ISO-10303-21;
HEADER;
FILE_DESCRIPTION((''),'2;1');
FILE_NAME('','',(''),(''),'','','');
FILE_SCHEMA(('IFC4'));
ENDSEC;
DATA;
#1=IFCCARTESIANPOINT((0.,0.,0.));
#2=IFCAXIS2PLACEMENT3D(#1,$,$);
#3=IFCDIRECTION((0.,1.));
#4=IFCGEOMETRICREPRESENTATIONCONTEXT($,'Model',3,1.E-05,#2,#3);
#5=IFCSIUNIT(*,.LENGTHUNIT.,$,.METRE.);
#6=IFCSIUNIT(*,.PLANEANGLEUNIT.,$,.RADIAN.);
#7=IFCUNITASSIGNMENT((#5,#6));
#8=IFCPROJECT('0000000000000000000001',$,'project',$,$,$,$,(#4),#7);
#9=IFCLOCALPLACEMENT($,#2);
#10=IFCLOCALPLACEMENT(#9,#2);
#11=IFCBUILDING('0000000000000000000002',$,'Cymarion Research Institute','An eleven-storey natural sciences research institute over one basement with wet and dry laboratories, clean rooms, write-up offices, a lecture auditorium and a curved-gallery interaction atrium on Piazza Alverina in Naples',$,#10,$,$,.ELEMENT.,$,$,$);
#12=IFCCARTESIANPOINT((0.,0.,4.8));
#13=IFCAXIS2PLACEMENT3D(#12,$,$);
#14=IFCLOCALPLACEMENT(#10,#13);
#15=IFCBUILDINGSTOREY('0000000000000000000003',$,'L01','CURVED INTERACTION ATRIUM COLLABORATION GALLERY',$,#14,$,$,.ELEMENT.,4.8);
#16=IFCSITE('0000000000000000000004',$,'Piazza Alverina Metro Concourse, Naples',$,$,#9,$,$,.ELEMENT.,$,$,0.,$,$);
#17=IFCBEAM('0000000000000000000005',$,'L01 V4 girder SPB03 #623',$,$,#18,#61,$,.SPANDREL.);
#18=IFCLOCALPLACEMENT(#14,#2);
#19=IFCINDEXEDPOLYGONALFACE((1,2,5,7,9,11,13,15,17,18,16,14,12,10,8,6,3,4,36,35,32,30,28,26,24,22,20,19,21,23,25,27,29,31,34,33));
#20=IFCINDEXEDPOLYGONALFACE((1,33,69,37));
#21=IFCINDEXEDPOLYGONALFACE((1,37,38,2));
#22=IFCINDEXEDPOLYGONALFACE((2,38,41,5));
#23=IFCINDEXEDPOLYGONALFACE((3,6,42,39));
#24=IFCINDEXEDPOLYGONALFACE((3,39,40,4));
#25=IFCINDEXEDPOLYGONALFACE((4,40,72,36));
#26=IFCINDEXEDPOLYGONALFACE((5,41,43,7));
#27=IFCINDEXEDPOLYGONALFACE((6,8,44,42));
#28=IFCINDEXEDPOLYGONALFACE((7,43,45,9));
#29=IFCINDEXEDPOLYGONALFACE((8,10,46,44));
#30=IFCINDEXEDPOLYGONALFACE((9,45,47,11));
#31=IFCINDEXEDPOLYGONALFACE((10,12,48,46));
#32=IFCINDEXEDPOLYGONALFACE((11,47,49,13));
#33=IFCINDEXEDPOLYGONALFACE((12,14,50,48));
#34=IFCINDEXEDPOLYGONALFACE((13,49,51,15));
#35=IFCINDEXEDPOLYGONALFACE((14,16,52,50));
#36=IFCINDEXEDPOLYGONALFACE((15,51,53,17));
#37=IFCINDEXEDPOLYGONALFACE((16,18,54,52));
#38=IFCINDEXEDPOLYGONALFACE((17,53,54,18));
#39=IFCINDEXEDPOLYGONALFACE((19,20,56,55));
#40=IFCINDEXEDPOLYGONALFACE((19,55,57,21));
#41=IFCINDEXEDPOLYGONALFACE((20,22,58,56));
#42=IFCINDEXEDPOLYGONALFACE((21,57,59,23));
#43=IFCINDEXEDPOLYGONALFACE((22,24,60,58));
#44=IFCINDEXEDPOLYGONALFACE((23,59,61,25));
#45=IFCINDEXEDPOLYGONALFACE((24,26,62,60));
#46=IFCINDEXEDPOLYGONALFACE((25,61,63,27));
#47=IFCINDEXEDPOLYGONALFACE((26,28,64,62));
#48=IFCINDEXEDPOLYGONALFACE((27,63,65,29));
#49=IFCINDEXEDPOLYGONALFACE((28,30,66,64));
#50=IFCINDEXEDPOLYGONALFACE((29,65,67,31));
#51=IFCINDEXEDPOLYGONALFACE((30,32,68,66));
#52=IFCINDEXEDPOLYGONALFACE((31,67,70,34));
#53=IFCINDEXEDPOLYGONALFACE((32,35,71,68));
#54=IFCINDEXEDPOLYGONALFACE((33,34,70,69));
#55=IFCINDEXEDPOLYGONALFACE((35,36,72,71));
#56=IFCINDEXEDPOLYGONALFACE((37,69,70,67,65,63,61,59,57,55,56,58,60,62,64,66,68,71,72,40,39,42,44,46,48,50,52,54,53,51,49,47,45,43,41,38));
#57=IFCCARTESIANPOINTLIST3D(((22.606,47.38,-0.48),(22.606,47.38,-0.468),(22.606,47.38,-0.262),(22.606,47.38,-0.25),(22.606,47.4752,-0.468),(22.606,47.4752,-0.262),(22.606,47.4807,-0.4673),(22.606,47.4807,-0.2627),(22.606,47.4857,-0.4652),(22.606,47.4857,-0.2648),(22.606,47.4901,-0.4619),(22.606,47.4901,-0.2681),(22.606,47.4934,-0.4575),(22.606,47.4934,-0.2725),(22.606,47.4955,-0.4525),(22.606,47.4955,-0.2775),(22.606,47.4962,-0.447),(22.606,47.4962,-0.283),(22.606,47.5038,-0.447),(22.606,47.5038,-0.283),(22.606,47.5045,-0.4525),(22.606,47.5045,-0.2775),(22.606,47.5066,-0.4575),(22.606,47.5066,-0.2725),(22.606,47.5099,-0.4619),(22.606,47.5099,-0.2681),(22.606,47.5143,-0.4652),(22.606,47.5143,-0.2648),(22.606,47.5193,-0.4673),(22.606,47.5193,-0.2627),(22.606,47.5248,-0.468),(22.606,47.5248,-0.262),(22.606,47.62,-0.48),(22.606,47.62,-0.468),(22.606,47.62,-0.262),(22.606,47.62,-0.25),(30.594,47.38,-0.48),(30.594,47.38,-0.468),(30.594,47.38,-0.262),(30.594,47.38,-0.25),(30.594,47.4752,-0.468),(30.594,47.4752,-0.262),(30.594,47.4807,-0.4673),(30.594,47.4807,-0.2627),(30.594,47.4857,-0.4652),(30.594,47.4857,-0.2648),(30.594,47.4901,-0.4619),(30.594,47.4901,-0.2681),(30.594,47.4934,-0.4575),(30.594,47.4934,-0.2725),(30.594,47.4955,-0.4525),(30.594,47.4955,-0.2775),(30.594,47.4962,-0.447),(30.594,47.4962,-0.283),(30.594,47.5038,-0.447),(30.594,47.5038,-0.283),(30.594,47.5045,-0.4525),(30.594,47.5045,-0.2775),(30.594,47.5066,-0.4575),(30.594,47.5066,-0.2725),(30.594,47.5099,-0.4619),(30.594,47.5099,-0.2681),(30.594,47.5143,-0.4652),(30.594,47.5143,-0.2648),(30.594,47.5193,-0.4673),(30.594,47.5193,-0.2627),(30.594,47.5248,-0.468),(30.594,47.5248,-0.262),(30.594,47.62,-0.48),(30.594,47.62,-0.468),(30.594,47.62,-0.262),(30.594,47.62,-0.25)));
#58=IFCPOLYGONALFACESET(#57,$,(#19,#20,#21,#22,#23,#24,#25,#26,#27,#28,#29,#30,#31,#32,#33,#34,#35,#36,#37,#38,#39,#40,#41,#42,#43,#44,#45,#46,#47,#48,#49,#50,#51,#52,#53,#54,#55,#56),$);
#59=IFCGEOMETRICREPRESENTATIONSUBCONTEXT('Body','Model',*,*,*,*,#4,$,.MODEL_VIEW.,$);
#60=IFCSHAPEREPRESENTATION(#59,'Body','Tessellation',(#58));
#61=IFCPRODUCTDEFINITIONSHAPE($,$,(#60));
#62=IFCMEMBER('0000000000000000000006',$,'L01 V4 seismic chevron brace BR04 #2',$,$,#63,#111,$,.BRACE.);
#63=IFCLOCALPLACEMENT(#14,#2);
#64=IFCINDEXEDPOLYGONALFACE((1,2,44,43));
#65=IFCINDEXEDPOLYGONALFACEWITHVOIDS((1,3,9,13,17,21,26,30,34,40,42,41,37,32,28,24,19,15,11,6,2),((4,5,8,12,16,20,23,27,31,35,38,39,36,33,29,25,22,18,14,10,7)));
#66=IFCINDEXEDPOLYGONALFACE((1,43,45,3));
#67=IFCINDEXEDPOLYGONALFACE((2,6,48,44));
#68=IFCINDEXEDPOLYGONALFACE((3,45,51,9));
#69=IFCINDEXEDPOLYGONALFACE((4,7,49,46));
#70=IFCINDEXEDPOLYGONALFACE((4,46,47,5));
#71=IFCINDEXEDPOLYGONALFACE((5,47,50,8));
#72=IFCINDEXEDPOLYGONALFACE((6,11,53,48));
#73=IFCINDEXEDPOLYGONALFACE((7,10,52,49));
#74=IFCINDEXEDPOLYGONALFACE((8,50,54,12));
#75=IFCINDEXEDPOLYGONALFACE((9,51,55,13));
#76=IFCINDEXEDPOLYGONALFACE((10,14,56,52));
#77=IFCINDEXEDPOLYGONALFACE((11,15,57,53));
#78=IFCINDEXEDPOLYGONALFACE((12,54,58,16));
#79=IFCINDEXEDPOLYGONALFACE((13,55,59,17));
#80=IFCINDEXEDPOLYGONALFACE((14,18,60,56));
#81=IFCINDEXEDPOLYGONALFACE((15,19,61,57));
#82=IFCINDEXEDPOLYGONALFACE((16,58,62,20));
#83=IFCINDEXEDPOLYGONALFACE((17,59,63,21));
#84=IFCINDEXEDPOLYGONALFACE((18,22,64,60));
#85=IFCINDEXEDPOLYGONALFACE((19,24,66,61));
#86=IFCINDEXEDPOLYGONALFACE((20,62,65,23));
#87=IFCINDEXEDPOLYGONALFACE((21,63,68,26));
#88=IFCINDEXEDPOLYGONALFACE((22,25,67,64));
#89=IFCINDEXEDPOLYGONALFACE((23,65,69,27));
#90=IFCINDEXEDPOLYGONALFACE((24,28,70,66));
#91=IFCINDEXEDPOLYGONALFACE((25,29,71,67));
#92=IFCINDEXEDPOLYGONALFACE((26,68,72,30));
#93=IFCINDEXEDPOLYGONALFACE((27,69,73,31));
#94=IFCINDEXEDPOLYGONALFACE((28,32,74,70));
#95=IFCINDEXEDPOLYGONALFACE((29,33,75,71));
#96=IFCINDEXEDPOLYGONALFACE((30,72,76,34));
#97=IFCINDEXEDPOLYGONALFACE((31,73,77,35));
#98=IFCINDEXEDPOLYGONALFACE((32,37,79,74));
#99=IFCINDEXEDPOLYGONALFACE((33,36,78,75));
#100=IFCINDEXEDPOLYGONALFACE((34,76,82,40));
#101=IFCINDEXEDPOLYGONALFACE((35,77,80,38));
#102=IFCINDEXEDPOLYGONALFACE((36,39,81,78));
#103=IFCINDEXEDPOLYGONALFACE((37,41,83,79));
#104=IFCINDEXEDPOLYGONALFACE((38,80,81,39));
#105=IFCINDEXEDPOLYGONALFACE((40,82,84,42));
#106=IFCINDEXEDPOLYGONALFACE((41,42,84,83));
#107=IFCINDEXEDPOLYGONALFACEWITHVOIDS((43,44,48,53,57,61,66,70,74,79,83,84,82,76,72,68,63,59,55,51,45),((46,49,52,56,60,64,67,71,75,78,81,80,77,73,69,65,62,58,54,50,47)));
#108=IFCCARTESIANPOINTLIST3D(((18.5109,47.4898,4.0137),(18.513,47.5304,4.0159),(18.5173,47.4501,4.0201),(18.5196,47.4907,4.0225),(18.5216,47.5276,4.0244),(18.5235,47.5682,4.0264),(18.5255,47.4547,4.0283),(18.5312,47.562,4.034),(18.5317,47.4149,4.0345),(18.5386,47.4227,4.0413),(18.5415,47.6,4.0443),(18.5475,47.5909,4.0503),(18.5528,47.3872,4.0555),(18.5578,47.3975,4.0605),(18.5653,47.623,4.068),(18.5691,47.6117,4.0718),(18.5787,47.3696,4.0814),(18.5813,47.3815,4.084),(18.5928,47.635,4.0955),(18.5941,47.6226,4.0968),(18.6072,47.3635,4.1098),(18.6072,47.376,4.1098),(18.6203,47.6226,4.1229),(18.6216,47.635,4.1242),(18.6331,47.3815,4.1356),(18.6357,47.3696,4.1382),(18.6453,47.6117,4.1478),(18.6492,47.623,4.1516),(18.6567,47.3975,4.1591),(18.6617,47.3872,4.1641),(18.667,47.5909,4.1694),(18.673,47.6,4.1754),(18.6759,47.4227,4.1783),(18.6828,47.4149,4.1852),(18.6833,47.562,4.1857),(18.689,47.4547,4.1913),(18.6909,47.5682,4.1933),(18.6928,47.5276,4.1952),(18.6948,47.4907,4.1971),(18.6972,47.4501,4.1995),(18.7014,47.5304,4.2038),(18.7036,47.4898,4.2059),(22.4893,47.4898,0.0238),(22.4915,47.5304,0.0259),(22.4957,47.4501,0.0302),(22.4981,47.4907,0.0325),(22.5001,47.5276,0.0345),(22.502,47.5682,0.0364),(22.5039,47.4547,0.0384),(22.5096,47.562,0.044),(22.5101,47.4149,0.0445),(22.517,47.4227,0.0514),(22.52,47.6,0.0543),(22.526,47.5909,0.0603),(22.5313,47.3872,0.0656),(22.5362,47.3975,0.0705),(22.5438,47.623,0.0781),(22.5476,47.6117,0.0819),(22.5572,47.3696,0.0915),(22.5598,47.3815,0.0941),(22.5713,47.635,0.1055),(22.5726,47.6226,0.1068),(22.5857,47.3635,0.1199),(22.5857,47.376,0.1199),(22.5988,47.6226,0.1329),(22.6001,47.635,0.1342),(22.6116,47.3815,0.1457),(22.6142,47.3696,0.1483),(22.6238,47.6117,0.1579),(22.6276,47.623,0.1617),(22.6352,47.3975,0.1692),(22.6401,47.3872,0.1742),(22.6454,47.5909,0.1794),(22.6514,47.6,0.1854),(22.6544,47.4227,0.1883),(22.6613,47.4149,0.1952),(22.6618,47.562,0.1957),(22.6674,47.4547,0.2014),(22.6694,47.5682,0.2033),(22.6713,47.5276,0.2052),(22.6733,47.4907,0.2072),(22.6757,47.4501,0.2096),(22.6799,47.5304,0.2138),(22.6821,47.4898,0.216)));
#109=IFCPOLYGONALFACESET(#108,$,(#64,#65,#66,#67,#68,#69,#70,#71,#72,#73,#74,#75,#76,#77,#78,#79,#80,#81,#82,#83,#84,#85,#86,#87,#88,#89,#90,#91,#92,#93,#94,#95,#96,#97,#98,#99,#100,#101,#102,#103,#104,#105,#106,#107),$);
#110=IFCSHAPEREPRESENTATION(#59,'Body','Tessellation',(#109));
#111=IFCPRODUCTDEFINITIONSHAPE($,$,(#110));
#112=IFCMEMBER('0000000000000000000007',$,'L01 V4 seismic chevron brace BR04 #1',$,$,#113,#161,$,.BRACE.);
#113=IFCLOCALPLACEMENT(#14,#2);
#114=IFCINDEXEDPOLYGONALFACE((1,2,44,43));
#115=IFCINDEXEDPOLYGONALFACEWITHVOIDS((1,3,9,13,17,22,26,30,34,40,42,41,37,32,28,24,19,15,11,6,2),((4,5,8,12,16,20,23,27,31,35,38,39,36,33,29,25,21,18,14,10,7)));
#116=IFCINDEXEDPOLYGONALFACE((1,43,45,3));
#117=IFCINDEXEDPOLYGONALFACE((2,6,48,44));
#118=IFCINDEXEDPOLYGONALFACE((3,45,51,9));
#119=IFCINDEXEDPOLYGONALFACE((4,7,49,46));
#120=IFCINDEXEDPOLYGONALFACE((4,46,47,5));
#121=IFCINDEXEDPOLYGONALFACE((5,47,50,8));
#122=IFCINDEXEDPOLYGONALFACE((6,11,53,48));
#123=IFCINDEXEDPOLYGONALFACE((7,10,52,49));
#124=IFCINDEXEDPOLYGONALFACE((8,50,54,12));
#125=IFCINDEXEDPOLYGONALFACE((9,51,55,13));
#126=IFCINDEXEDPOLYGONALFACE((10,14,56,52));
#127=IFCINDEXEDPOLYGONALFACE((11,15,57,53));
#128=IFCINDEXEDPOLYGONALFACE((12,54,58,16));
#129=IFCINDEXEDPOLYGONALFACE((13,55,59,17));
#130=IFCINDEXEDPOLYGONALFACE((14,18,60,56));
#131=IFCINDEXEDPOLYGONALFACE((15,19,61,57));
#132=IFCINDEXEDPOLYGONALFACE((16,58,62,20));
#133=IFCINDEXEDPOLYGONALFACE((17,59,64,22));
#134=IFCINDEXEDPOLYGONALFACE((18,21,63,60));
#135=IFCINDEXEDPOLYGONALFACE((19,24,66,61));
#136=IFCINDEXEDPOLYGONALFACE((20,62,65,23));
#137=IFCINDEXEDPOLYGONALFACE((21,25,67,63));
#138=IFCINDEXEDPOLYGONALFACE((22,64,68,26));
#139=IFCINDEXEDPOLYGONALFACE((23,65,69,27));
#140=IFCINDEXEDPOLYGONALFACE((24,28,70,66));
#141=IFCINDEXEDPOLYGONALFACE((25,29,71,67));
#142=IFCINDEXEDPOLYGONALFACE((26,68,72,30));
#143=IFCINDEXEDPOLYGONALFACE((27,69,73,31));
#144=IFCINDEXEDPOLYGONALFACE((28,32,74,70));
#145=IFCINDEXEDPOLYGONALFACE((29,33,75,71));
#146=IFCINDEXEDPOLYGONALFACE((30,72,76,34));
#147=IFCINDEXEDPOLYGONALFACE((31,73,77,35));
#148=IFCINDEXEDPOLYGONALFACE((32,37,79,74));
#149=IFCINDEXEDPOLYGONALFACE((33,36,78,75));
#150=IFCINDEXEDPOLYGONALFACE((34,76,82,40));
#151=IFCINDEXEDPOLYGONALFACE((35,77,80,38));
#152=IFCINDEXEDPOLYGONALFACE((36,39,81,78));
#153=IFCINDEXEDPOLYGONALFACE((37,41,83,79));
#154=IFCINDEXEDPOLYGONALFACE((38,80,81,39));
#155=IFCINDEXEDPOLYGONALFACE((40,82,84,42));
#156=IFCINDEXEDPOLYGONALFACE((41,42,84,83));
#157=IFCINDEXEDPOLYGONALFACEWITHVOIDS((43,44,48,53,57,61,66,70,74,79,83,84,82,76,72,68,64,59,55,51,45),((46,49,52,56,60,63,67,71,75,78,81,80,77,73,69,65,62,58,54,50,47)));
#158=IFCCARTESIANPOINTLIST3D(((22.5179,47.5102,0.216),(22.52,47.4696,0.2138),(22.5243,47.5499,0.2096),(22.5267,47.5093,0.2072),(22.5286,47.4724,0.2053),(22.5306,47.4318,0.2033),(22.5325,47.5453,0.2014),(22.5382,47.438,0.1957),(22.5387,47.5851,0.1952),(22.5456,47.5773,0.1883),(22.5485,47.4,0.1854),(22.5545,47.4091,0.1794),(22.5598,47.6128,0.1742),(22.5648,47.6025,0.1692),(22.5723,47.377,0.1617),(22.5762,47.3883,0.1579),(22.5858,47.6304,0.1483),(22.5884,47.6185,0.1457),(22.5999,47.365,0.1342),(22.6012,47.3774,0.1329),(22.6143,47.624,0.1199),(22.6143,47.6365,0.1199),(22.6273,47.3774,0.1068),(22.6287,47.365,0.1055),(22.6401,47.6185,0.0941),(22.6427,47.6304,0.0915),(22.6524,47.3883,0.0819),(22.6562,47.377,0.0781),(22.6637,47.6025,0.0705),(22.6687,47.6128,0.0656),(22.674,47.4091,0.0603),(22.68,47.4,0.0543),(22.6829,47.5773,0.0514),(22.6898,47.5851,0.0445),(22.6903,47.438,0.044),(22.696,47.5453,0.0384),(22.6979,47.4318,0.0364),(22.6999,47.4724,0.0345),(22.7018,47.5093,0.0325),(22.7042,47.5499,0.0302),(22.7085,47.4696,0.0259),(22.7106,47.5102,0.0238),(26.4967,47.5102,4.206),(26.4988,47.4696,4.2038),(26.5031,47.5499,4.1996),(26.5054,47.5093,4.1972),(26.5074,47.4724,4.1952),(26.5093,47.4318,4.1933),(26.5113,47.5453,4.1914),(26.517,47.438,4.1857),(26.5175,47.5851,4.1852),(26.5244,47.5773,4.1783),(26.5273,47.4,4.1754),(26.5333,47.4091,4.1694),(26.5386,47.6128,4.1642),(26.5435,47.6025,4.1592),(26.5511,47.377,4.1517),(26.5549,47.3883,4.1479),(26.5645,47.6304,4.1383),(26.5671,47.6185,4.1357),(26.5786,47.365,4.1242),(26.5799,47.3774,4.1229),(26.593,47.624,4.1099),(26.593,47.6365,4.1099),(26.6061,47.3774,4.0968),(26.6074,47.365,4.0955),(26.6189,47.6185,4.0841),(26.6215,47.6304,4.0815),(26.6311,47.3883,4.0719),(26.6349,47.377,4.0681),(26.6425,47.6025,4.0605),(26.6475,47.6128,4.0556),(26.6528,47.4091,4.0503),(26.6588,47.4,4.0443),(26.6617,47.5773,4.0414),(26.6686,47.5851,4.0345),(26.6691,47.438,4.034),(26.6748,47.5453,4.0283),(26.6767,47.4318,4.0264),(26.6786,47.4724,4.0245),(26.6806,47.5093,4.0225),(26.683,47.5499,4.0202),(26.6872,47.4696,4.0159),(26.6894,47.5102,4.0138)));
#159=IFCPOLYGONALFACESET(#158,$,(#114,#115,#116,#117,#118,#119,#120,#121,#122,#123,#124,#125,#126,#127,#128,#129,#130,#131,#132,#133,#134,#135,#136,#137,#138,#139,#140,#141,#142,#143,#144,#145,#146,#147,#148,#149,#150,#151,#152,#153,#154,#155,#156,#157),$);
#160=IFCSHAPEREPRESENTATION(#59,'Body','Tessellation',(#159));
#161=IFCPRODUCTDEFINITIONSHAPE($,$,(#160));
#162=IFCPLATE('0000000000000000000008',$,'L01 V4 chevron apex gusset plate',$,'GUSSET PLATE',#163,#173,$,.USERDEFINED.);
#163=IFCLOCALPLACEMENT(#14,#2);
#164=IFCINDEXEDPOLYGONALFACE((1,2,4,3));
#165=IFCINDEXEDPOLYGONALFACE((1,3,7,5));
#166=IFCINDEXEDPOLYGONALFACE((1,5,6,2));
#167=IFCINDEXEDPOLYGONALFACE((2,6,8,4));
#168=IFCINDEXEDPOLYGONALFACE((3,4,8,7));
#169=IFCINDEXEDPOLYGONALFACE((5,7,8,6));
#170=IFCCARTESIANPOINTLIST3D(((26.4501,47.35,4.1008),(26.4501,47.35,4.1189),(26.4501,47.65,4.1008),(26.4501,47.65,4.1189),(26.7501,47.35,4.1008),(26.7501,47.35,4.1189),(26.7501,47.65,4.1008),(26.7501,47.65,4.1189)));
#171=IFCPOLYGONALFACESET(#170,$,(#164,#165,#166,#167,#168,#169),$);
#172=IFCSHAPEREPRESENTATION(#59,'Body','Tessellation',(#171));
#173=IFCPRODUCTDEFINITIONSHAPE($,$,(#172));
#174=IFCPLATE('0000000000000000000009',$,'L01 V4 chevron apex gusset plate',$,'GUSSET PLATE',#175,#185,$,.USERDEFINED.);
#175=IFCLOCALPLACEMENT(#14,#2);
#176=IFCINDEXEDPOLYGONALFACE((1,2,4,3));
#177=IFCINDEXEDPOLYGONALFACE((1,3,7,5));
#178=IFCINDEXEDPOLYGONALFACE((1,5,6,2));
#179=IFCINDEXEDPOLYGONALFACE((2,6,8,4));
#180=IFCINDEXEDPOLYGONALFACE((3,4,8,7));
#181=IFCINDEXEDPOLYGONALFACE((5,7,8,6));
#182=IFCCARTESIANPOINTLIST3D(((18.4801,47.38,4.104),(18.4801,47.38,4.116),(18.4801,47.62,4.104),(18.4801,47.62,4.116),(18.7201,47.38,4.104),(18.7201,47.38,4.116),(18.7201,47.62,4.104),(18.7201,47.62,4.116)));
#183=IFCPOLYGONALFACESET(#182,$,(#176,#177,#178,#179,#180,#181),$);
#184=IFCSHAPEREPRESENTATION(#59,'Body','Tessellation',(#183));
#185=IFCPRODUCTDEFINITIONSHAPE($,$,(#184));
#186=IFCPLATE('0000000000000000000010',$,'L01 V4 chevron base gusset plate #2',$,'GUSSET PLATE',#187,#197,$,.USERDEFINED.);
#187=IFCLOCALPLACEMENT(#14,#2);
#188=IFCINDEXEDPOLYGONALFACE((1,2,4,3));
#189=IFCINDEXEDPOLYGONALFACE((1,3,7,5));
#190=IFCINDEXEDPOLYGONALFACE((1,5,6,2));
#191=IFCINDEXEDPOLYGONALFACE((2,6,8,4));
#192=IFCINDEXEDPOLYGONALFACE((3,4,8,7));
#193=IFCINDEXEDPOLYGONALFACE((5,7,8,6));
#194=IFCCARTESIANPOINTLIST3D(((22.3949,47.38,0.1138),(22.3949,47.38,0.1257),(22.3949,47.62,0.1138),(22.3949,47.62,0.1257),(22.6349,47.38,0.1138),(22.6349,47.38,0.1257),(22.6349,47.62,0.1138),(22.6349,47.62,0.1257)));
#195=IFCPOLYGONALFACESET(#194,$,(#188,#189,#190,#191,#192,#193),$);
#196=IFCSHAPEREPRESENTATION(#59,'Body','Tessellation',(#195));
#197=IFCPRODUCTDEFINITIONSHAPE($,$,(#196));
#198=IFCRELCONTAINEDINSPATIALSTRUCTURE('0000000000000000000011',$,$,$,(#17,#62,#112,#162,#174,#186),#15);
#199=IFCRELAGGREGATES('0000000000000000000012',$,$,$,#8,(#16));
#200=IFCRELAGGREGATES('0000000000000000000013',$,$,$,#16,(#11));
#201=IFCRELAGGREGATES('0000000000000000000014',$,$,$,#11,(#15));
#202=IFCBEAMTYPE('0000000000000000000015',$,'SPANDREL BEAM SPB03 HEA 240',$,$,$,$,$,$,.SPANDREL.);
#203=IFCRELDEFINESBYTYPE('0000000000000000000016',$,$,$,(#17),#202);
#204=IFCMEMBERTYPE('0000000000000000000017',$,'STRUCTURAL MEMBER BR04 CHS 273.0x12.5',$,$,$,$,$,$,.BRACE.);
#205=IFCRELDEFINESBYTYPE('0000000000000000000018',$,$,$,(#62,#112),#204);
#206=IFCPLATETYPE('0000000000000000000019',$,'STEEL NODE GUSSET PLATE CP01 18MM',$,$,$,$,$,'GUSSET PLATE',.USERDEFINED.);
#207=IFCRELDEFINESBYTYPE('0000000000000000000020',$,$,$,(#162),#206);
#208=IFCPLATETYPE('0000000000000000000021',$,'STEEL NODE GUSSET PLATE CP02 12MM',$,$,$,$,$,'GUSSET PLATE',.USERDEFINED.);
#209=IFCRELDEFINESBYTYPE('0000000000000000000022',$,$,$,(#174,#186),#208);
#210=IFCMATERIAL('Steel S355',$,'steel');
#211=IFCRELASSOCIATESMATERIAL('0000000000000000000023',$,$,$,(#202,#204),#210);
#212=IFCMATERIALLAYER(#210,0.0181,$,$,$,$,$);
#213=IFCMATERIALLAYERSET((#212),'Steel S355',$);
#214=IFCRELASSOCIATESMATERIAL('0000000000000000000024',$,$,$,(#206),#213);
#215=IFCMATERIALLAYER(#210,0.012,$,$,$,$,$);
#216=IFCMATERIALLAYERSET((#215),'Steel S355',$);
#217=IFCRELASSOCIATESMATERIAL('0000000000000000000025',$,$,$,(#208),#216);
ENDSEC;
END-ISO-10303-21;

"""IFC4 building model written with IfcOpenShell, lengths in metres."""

from ifc_helpers import new_model, si_unit, direction, frame, origin, origin_2d, place, context, subcontext, project, spatial, rectangle, hollow_circle, i_section, extrude, material, layer, layer_set, material_profile, profile_set, type_object, element, save


model = new_model("IFC4")

# Units and contexts
model_context = context("Model", 3, precision=1e-05, world=origin(), true_north=direction((0.0, 1.0)))
body_context = subcontext(model_context, "Body", "Model", "MODEL_VIEW")
ifc_project = project(units=[si_unit("LENGTHUNIT", "METRE"), si_unit("PLANEANGLEUNIT", "RADIAN")], contexts=[model_context])

# Site, building, storey
site_placement = place(None, origin())
site = spatial("IfcSite", under=ifc_project, at=site_placement, Name="Piazza Alverina Metro Concourse, Naples", CompositionType="ELEMENT", RefElevation=0.0)
building_placement = place(site_placement, origin())
building = spatial("IfcBuilding", under=site, at=building_placement, Name="Cymarion Research Institute", Description="An eleven-storey natural sciences research institute over one basement with wet and dry laboratories, clean rooms, write-up offices, a lecture auditorium and a curved-gallery interaction atrium on Piazza Alverina in Naples", CompositionType="ELEMENT")
storey_placement = place(building_placement, frame((0.0, 0.0, 4.8)))
storey = spatial("IfcBuildingStorey", under=building, at=storey_placement, Name="L01", Description="CURVED INTERACTION ATRIUM COLLABORATION GALLERY", CompositionType="ELEMENT", Elevation=4.8)

# Shared definitions
ifc_material_1 = material(Name="Steel S355", Category="steel")

# Beam
ifc_material_profile_1 = material_profile(ifc_material_1, i_section(OverallWidth=0.24, OverallDepth=0.23, WebThickness=0.0076, FlangeThickness=0.012, FilletRadius=0.021, at=origin_2d()), Name="HEA 240")
ifc_profile_set_1 = profile_set([ifc_material_profile_1], Name="Steel S355")
beam_type_1 = type_object("IfcBeamType", Name="SPANDREL BEAM SPB03 HEA 240", PredefinedType="SPANDREL", material=ifc_profile_set_1)
beam_1_placement = place(storey_placement, frame((22.606, 47.5, -0.365), z_axis=(1.0, 0.0, 0.0), x_axis=(0.0, 1.0, 0.0)))
element("IfcBeam", 1, at=beam_1_placement, inside=storey, type_object=beam_type_1, Name="L01 V4 girder SPB03 #623", PredefinedType="SPANDREL", context=body_context, shape_type="SweptSolid", body=[
    extrude(i_section(OverallWidth=0.24, OverallDepth=0.23, WebThickness=0.0076, FlangeThickness=0.012, FilletRadius=0.021, at=origin_2d()), origin(), (0.0, 0.0, 1.0), 7.988),
])

# Members
ifc_material_profile_2 = material_profile(ifc_material_1, hollow_circle(Radius=0.1365, WallThickness=0.0125, at=origin_2d()), Name="CHS 273.0x12.5")
ifc_profile_set_2 = profile_set([ifc_material_profile_2], Name="Steel S355")
member_type = type_object("IfcMemberType", Name="STRUCTURAL MEMBER BR04 CHS 273.0x12.5", PredefinedType="BRACE", material=ifc_profile_set_2)
member_1_placement = place(storey_placement, frame((22.5857, 47.5, 0.1199), z_axis=(-0.706088, 0.0, 0.708124), x_axis=(0.0, -1.0, 0.0)))
element("IfcMember", 2, at=member_1_placement, inside=storey, type_object=member_type, Name="L01 V4 seismic chevron brace BR04 #2", PredefinedType="BRACE", context=body_context, shape_type="SweptSolid", body=[
    extrude(hollow_circle(Radius=0.1365, WallThickness=0.0125, at=origin_2d()), origin(), (0.0, 0.0, 1.0), 5.6345),
])
member_2_placement = place(storey_placement, frame((22.6143, 47.5, 0.1199), z_axis=(0.70611, 0.0, 0.708103), x_axis=(0.0, 1.0, 0.0)))
element("IfcMember", 3, at=member_2_placement, inside=storey, type_object=member_type, Name="L01 V4 seismic chevron brace BR04 #1", PredefinedType="BRACE", context=body_context, shape_type="SweptSolid", body=[
    extrude(hollow_circle(Radius=0.1365, WallThickness=0.0125, at=origin_2d()), origin(), (0.0, 0.0, 1.0), 5.6348),
])

# Plates
ifc_layer_1 = layer(ifc_material_1, 0.0181)
ifc_layer_set_1 = layer_set([ifc_layer_1], Name="Steel S355")
plate_type_1 = type_object("IfcPlateType", Name="STEEL NODE GUSSET PLATE CP01 18MM", ElementType="GUSSET PLATE", PredefinedType="USERDEFINED", material=ifc_layer_set_1)
plate_placement = place(storey_placement, frame((26.6001, 47.5, 4.1008), z_axis=(0.0, 0.0, 1.0), x_axis=(1.0, 0.0, 0.0)))
element("IfcPlate", 4, at=plate_placement, inside=storey, type_object=plate_type_1, Name="L01 V4 chevron apex gusset plate", ObjectType="GUSSET PLATE", PredefinedType="USERDEFINED", context=body_context, shape_type="SweptSolid", body=[
    extrude(rectangle(XDim=0.3, YDim=0.3, at=origin_2d()), origin(), (0.0, 0.0, 1.0), 0.0181),
])
ifc_layer_2 = layer(ifc_material_1, 0.012)
ifc_layer_set_2 = layer_set([ifc_layer_2], Name="Steel S355")
plate_type_2 = type_object("IfcPlateType", Name="STEEL NODE GUSSET PLATE CP02 12MM", ElementType="GUSSET PLATE", PredefinedType="USERDEFINED", material=ifc_layer_set_2)
for number, where, z_axis, x_axis, name in (
    (5, (18.6001, 47.5, 4.104), (0.0, 0.0, 1.0), (1.0, 0.0, 0.0), "L01 V4 chevron apex gusset plate"),
    (6, (22.5149, 47.5, 0.1138), (0.0, 0.0, 1.0), (1.0, 0.0, 0.0), "L01 V4 chevron base gusset plate #2"),
):
    element("IfcPlate", number, at=place(storey_placement, frame(where, z_axis=z_axis, x_axis=x_axis)), inside=storey, type_object=plate_type_2, Name=name, ObjectType="GUSSET PLATE", PredefinedType="USERDEFINED", context=body_context, shape_type="SweptSolid", body=[
        extrude(rectangle(XDim=0.24, YDim=0.24, at=origin_2d()), origin(), (0.0, 0.0, 1.0), 0.012),
    ])

save(model, "model.ifc")
